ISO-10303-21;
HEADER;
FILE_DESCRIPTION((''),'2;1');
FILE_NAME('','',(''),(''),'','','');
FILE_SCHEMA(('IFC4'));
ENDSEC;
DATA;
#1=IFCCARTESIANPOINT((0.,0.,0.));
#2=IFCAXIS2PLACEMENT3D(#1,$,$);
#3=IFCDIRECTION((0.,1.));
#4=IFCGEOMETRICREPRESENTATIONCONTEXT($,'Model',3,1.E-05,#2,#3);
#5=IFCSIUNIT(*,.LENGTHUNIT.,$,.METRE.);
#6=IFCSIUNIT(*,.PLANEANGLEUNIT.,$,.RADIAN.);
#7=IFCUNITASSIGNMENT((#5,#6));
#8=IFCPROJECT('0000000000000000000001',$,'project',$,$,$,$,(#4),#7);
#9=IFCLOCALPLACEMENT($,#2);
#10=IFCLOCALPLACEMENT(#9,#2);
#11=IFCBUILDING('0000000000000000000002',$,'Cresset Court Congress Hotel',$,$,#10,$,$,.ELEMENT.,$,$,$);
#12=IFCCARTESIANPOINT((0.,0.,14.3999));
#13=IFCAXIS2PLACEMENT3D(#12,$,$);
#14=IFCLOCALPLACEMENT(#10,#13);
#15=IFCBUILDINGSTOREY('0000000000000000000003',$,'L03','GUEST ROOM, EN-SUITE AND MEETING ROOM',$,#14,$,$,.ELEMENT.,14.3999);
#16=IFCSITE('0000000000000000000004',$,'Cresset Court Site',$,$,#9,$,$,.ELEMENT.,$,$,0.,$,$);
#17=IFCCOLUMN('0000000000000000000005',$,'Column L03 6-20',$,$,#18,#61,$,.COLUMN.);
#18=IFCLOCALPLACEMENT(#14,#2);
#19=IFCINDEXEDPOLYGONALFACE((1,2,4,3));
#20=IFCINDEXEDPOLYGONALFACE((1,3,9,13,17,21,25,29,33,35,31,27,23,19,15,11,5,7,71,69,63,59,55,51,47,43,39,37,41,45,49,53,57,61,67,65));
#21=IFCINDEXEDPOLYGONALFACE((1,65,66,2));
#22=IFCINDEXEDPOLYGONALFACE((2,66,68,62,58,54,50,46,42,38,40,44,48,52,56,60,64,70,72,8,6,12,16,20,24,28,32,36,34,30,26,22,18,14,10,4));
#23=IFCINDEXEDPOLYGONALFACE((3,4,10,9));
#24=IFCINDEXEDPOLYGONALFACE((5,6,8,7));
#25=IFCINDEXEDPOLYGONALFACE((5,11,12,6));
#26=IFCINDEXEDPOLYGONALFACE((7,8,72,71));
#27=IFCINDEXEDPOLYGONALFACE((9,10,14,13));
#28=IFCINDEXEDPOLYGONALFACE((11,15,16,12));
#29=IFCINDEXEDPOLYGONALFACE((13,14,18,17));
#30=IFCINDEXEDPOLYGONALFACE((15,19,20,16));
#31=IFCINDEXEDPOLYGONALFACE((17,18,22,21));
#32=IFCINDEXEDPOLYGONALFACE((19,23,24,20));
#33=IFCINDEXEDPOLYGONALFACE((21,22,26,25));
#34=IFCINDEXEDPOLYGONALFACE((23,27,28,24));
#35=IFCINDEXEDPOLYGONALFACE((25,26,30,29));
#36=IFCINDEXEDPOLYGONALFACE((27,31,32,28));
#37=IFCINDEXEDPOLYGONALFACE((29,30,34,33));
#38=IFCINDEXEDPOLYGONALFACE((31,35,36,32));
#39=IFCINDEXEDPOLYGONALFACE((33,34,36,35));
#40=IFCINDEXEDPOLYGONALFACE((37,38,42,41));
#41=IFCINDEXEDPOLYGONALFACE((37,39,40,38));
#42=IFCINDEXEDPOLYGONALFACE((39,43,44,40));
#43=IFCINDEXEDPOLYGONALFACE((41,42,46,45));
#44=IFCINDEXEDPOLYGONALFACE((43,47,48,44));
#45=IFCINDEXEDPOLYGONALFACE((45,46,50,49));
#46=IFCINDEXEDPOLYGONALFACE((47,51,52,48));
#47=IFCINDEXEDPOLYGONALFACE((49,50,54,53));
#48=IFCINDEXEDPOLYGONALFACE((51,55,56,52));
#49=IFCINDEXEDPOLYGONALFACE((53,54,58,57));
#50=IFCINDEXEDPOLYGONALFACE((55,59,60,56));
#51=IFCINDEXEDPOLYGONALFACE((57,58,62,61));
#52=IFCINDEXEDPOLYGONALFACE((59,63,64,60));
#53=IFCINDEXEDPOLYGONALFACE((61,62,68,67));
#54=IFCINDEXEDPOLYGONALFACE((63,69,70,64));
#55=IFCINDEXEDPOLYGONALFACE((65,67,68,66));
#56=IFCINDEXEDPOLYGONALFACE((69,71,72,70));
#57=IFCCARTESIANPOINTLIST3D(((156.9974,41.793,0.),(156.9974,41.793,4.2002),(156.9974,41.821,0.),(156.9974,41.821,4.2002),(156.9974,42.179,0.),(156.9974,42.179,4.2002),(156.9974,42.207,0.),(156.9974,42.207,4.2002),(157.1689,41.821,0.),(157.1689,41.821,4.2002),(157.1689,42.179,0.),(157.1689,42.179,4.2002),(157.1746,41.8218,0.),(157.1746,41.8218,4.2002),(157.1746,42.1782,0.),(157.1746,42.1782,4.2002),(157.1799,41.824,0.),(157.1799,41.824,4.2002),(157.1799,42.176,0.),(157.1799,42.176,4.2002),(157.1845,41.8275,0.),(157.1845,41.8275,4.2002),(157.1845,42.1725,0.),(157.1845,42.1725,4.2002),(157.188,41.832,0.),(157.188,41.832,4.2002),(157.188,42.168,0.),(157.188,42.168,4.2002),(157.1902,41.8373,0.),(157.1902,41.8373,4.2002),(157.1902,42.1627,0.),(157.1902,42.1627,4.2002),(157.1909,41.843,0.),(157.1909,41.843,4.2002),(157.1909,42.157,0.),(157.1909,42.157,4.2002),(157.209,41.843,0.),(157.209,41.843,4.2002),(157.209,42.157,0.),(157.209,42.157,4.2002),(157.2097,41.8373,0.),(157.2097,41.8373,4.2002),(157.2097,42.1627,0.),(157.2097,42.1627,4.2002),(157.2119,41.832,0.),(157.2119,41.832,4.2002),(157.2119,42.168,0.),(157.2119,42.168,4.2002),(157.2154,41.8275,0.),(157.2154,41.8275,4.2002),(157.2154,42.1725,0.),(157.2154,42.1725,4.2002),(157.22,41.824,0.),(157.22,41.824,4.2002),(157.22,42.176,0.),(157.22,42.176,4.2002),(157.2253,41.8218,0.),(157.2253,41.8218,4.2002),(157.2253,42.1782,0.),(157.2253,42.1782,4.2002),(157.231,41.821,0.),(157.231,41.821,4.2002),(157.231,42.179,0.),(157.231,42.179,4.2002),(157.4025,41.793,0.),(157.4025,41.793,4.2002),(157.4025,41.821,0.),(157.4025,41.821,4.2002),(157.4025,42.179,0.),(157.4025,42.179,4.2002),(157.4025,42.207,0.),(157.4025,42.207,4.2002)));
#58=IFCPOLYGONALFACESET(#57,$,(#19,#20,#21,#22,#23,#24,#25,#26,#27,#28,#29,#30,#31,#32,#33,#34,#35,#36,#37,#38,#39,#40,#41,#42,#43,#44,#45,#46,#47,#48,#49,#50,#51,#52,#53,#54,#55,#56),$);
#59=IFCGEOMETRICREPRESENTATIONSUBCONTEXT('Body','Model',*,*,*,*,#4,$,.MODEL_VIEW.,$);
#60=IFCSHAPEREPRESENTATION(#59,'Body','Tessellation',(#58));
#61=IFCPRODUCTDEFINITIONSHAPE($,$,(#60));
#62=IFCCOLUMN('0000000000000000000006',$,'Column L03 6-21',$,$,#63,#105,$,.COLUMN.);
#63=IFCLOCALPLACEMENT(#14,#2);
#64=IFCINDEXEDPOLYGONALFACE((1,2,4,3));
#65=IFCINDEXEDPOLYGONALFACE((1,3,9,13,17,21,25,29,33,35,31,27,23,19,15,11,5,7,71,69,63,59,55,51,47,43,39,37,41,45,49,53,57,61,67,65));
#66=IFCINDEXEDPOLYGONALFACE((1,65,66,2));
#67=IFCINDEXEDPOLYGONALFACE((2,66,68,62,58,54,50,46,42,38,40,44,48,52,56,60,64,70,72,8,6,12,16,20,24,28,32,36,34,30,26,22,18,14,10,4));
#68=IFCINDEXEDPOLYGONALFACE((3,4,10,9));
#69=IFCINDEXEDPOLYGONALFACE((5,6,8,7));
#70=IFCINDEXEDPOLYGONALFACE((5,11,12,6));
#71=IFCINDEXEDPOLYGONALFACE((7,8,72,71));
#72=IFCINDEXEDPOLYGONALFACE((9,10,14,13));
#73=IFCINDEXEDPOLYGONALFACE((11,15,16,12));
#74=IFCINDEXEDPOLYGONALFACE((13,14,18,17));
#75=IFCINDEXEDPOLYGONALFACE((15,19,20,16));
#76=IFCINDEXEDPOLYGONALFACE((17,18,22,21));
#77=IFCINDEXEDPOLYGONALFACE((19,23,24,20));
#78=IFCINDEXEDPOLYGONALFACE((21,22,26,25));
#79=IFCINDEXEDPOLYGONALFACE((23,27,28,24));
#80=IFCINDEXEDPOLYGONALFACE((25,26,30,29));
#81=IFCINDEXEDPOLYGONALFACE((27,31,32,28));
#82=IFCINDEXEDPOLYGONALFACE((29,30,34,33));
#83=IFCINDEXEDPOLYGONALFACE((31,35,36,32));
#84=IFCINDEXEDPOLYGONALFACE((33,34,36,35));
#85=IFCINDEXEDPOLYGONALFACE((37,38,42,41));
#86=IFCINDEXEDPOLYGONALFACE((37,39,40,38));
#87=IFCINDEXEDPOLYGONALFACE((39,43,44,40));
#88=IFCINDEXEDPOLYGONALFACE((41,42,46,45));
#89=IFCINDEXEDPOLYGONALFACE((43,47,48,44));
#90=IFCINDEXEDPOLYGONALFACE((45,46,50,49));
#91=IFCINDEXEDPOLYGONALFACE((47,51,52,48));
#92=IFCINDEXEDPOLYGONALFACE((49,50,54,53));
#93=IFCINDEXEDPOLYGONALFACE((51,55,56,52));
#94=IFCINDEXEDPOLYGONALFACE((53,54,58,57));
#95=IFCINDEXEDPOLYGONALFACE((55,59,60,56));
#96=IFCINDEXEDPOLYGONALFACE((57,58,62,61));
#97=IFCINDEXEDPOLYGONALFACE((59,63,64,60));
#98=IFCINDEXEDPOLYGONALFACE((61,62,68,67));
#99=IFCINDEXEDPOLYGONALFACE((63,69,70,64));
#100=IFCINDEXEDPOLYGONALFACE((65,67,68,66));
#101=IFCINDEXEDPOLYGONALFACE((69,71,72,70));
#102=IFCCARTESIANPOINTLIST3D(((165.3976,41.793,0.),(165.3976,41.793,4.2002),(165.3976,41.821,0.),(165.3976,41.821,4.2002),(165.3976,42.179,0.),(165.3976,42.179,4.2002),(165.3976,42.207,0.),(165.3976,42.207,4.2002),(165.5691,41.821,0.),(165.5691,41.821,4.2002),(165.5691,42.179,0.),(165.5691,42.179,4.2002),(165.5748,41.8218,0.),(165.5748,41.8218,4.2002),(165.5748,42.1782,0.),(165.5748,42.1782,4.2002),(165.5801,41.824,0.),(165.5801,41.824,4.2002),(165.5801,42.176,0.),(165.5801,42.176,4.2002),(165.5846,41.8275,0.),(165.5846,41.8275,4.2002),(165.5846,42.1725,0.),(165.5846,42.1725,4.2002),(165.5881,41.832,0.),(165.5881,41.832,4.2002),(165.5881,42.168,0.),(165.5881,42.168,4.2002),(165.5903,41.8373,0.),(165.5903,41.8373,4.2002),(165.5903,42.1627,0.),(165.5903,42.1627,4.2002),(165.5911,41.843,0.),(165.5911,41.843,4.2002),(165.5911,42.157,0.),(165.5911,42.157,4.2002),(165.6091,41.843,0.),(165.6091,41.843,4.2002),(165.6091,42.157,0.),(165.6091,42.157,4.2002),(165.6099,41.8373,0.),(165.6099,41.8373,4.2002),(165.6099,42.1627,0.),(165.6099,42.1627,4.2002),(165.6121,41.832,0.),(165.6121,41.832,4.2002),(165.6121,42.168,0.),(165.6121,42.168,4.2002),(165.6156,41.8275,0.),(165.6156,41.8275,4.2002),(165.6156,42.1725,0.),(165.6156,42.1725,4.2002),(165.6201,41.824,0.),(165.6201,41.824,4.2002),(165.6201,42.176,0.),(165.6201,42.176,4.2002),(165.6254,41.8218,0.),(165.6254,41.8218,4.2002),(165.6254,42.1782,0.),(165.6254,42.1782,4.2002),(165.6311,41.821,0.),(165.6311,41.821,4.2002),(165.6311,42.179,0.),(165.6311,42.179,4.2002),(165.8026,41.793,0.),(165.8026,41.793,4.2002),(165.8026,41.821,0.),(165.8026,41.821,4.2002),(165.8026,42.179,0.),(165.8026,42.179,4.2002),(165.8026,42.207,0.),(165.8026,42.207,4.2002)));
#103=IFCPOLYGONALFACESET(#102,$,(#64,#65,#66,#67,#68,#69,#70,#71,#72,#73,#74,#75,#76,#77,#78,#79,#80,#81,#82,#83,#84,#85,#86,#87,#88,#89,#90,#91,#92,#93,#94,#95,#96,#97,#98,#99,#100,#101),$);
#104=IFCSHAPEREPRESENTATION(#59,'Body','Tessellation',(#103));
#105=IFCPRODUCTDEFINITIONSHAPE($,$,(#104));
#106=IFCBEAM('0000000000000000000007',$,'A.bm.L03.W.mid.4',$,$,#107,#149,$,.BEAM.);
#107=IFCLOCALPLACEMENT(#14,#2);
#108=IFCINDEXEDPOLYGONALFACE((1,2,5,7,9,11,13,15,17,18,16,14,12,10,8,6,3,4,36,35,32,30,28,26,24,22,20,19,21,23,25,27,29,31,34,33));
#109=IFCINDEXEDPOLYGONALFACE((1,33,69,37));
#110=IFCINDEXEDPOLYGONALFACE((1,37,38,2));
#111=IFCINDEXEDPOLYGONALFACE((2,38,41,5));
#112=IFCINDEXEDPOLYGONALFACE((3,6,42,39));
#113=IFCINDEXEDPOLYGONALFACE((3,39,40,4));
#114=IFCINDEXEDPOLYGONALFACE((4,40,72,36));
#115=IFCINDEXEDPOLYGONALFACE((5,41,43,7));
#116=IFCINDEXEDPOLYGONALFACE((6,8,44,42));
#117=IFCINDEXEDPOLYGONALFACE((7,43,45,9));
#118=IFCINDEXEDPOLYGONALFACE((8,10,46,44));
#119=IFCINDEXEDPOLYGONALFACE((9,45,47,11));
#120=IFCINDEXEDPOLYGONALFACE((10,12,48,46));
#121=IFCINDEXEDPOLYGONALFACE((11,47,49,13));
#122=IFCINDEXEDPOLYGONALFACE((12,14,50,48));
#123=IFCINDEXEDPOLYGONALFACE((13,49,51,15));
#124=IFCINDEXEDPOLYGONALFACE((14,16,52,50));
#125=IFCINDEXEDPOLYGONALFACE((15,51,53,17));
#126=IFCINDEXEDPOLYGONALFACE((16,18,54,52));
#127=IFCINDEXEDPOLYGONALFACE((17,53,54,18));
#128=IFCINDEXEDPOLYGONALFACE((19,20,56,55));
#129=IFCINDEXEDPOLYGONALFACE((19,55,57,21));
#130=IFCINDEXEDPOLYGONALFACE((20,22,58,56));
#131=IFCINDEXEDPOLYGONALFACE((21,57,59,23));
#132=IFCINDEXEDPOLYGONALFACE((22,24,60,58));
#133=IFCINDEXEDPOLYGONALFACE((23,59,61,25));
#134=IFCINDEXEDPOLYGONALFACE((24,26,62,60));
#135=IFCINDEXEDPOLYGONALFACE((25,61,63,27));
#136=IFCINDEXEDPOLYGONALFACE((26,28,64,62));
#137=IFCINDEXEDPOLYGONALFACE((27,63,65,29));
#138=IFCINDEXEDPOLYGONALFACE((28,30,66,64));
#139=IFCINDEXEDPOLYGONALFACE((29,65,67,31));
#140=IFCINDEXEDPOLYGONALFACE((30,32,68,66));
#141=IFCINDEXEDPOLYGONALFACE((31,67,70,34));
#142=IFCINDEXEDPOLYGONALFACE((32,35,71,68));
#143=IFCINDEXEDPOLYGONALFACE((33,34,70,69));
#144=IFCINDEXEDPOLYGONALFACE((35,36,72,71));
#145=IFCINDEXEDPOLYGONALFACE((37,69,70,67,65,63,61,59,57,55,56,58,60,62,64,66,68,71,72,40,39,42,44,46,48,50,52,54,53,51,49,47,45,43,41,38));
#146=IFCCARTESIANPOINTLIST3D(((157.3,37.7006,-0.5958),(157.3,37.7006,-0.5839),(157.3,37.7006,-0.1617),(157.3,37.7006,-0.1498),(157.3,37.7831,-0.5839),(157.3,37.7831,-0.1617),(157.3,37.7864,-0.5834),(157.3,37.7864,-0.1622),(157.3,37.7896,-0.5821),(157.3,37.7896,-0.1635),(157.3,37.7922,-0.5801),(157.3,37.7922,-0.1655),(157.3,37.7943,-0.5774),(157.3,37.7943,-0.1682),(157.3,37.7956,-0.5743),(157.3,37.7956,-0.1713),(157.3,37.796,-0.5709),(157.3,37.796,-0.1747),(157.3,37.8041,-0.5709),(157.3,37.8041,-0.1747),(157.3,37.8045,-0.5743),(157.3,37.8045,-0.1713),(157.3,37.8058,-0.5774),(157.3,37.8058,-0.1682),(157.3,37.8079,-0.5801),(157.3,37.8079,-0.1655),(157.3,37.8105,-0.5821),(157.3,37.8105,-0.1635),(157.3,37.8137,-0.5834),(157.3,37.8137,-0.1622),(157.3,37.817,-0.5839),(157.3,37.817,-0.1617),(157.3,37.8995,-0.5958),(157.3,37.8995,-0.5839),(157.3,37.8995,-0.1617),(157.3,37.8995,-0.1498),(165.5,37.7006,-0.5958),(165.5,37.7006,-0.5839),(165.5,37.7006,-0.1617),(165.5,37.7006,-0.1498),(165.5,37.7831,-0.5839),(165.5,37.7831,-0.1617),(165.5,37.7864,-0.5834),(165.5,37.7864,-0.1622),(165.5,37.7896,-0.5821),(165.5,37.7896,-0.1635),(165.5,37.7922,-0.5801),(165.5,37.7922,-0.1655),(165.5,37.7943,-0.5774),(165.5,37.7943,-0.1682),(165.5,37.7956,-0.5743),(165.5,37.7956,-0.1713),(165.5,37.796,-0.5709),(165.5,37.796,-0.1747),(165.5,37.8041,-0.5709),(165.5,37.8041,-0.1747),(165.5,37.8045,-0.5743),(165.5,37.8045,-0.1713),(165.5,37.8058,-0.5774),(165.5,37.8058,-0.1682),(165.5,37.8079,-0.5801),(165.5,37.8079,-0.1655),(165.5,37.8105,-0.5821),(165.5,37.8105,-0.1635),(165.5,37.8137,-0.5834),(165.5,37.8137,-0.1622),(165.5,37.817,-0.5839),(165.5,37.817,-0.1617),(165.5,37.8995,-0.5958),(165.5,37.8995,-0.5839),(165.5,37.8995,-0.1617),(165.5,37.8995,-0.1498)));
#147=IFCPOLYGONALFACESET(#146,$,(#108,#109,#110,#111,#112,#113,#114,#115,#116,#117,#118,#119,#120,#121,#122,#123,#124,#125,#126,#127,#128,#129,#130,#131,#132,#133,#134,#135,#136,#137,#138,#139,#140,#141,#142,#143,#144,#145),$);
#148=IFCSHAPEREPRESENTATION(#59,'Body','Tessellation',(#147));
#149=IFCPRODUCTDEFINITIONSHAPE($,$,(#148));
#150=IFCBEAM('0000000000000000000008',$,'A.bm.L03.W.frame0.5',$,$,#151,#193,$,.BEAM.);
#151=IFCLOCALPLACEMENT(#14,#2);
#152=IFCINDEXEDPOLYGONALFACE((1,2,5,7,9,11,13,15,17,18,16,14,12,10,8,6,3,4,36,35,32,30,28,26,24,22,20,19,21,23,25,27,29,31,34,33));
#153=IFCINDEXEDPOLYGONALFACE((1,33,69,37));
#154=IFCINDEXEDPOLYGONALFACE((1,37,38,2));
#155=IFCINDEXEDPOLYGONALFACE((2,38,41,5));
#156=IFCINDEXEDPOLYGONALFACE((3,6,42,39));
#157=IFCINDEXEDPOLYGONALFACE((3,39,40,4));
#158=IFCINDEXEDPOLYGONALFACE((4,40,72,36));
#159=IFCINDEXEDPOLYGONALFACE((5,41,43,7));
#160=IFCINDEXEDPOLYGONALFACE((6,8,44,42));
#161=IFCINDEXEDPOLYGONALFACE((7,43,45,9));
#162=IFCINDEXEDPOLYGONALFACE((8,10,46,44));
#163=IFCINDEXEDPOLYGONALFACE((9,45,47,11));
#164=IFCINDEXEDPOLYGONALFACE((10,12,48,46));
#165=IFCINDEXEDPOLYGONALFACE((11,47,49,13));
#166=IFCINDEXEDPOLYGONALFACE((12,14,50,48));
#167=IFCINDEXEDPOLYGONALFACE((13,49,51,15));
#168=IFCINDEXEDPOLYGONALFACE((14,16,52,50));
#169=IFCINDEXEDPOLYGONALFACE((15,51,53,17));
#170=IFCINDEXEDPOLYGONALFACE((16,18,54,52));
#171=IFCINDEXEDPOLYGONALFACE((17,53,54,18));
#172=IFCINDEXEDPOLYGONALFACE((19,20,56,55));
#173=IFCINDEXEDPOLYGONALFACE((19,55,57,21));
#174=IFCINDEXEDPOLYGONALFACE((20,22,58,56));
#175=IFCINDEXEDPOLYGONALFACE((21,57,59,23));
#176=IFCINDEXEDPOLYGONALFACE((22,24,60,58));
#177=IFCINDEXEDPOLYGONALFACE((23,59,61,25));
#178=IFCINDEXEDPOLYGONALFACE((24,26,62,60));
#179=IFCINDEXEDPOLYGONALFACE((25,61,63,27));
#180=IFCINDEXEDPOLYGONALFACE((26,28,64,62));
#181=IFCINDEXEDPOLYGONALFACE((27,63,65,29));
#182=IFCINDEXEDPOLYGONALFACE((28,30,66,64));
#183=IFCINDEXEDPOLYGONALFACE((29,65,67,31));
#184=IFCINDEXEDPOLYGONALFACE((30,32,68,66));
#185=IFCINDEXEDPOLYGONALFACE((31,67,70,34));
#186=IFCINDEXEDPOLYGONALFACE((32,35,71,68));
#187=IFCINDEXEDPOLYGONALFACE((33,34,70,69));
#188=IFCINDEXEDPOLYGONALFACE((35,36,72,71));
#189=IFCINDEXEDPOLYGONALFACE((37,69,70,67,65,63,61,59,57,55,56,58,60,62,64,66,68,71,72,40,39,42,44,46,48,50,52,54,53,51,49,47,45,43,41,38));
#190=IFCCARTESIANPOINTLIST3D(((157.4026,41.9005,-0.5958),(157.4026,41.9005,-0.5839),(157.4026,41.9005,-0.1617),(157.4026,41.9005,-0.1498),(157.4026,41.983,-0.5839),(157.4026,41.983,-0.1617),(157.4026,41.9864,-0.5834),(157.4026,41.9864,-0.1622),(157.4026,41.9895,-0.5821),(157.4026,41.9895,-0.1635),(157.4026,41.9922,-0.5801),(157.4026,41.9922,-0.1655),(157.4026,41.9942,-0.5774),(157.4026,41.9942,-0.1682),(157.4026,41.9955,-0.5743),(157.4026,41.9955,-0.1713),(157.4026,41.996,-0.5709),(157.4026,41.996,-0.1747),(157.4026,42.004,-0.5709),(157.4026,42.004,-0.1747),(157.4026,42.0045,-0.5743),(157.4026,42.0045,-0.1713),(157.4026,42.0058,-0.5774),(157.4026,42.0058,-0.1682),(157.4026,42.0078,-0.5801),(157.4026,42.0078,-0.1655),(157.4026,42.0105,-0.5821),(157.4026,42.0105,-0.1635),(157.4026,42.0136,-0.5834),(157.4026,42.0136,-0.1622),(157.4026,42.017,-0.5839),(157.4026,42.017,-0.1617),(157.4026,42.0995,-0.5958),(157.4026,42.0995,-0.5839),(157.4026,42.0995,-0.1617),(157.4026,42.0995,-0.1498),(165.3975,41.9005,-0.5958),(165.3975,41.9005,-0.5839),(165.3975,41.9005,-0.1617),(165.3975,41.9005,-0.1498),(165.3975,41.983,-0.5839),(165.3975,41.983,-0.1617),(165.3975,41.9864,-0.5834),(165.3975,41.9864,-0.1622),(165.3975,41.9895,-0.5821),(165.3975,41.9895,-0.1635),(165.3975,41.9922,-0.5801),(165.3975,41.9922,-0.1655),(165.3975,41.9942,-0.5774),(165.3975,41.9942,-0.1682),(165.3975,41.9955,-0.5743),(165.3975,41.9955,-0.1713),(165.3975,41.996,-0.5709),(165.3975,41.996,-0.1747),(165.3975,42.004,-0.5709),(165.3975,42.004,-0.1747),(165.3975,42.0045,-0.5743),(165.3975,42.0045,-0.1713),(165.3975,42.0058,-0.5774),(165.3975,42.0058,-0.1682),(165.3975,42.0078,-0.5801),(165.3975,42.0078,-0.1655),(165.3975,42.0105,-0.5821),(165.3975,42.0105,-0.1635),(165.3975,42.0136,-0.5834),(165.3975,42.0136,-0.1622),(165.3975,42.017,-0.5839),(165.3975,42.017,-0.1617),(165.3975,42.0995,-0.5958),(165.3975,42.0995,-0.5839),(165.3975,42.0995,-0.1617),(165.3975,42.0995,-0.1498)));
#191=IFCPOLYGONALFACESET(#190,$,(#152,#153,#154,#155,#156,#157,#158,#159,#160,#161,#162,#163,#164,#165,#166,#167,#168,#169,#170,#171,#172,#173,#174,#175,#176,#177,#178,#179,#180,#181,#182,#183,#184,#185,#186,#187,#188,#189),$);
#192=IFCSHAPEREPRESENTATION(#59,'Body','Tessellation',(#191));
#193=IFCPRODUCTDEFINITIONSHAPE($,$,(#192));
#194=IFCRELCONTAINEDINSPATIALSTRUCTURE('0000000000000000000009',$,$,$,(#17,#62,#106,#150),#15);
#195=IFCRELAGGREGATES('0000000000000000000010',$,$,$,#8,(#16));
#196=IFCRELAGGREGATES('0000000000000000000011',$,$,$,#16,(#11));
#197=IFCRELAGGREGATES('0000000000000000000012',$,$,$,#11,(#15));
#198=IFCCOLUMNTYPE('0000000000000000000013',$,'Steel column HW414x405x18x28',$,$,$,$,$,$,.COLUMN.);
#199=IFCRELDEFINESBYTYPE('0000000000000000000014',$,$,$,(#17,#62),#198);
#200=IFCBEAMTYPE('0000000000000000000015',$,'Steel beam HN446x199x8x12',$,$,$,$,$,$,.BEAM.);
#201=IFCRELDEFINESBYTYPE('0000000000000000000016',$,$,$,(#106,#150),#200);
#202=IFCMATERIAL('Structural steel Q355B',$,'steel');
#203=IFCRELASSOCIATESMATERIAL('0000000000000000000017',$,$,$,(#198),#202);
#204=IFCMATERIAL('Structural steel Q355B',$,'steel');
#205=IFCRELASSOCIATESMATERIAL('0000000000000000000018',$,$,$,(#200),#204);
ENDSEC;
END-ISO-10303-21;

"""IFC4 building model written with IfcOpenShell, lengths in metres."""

from ifc_helpers import new_model, si_unit, direction, frame, origin, origin_2d, place, context, subcontext, project, spatial, i_section, extrude, material, material_profile, profile_set, type_object, element, save


model = new_model("IFC4")

# Units and contexts
model_context = context("Model", 3, precision=1e-05, world=origin(), true_north=direction((0.0, 1.0)))
body_context = subcontext(model_context, "Body", "Model", "MODEL_VIEW")
ifc_project = project(units=[si_unit("LENGTHUNIT", "METRE"), si_unit("PLANEANGLEUNIT", "RADIAN")], contexts=[model_context])

# Site, building, storey
site_placement = place(None, origin())
site = spatial("IfcSite", under=ifc_project, at=site_placement, Name="Cresset Court Site", CompositionType="ELEMENT", RefElevation=0.0)
building_placement = place(site_placement, origin())
building = spatial("IfcBuilding", under=site, at=building_placement, Name="Cresset Court Congress Hotel", CompositionType="ELEMENT")
storey_placement = place(building_placement, frame((0.0, 0.0, 14.3999)))
storey = spatial("IfcBuildingStorey", under=building, at=storey_placement, Name="L03", Description="GUEST ROOM, EN-SUITE AND MEETING ROOM", CompositionType="ELEMENT", Elevation=14.3999)

# Columns
ifc_material_1 = material(Name="Structural steel Q355B", Category="steel")
ifc_material_profile_1 = material_profile(ifc_material_1, i_section(OverallWidth=0.405, OverallDepth=0.4141, WebThickness=0.0181, FlangeThickness=0.0281, FilletRadius=0.022, at=origin_2d()), Name="HW414x405x18x28")
ifc_profile_set_1 = profile_set([ifc_material_profile_1], Name="Structural steel Q355B")
column_type = type_object("IfcColumnType", Name="Steel column HW414x405x18x28", PredefinedType="COLUMN", material=ifc_profile_set_1)
for number, where, z_axis, x_axis, name in (
    (1, (157.2, 42.0, 0.0), (0.0, 0.0, 1.0), (1.0, 0.0, 0.0), "Column L03 6-20"),
    (2, (165.6001, 42.0, 0.0), (0.0, 0.0, 1.0), (1.0, 0.0, 0.0), "Column L03 6-21"),
):
    element("IfcColumn", number, at=place(storey_placement, frame(where, z_axis=z_axis, x_axis=x_axis)), inside=storey, type_object=column_type, Name=name, PredefinedType="COLUMN", context=body_context, shape_type="SweptSolid", body=[
        extrude(i_section(OverallWidth=0.405, OverallDepth=0.4141, WebThickness=0.0181, FlangeThickness=0.0281, FilletRadius=0.022, at=origin_2d()), origin(), (0.0, 0.0, 1.0), 4.2002),
    ])

# Beams
ifc_material_2 = material(Name="Structural steel Q355B", Category="steel")
ifc_material_profile_2 = material_profile(ifc_material_2, i_section(OverallWidth=0.199, OverallDepth=0.446, WebThickness=0.0081, FlangeThickness=0.012, FilletRadius=0.0129, at=origin_2d()), Name="HN446x199x8x12")
ifc_profile_set_2 = profile_set([ifc_material_profile_2], Name="Structural steel Q355B")
beam_type_1 = type_object("IfcBeamType", Name="Steel beam HN446x199x8x12", PredefinedType="BEAM", material=ifc_profile_set_2)
beam_1_placement = place(storey_placement, frame((157.3, 37.8, -0.3728), z_axis=(1.0, 0.0, 0.0), x_axis=(0.0, 1.0, 0.0)))
element("IfcBeam", 3, at=beam_1_placement, inside=storey, type_object=beam_type_1, Name="A.bm.L03.W.mid.4", PredefinedType="BEAM", context=body_context, shape_type="SweptSolid", body=[
    extrude(i_section(OverallWidth=0.199, OverallDepth=0.446, WebThickness=0.0081, FlangeThickness=0.012, FilletRadius=0.0129, at=origin_2d()), origin(), (0.0, 0.0, 1.0), 8.2),
])
beam_2_placement = place(storey_placement, frame((157.4026, 42.0, -0.3728), z_axis=(1.0, 0.0, 0.0), x_axis=(0.0, 1.0, 0.0)))
element("IfcBeam", 4, at=beam_2_placement, inside=storey, type_object=beam_type_1, Name="A.bm.L03.W.frame0.5", PredefinedType="BEAM", context=body_context, shape_type="SweptSolid", body=[
    extrude(i_section(OverallWidth=0.199, OverallDepth=0.446, WebThickness=0.0081, FlangeThickness=0.012, FilletRadius=0.0129, at=origin_2d()), origin(), (0.0, 0.0, 1.0), 7.9949),
])

save(model, "model.ifc")
